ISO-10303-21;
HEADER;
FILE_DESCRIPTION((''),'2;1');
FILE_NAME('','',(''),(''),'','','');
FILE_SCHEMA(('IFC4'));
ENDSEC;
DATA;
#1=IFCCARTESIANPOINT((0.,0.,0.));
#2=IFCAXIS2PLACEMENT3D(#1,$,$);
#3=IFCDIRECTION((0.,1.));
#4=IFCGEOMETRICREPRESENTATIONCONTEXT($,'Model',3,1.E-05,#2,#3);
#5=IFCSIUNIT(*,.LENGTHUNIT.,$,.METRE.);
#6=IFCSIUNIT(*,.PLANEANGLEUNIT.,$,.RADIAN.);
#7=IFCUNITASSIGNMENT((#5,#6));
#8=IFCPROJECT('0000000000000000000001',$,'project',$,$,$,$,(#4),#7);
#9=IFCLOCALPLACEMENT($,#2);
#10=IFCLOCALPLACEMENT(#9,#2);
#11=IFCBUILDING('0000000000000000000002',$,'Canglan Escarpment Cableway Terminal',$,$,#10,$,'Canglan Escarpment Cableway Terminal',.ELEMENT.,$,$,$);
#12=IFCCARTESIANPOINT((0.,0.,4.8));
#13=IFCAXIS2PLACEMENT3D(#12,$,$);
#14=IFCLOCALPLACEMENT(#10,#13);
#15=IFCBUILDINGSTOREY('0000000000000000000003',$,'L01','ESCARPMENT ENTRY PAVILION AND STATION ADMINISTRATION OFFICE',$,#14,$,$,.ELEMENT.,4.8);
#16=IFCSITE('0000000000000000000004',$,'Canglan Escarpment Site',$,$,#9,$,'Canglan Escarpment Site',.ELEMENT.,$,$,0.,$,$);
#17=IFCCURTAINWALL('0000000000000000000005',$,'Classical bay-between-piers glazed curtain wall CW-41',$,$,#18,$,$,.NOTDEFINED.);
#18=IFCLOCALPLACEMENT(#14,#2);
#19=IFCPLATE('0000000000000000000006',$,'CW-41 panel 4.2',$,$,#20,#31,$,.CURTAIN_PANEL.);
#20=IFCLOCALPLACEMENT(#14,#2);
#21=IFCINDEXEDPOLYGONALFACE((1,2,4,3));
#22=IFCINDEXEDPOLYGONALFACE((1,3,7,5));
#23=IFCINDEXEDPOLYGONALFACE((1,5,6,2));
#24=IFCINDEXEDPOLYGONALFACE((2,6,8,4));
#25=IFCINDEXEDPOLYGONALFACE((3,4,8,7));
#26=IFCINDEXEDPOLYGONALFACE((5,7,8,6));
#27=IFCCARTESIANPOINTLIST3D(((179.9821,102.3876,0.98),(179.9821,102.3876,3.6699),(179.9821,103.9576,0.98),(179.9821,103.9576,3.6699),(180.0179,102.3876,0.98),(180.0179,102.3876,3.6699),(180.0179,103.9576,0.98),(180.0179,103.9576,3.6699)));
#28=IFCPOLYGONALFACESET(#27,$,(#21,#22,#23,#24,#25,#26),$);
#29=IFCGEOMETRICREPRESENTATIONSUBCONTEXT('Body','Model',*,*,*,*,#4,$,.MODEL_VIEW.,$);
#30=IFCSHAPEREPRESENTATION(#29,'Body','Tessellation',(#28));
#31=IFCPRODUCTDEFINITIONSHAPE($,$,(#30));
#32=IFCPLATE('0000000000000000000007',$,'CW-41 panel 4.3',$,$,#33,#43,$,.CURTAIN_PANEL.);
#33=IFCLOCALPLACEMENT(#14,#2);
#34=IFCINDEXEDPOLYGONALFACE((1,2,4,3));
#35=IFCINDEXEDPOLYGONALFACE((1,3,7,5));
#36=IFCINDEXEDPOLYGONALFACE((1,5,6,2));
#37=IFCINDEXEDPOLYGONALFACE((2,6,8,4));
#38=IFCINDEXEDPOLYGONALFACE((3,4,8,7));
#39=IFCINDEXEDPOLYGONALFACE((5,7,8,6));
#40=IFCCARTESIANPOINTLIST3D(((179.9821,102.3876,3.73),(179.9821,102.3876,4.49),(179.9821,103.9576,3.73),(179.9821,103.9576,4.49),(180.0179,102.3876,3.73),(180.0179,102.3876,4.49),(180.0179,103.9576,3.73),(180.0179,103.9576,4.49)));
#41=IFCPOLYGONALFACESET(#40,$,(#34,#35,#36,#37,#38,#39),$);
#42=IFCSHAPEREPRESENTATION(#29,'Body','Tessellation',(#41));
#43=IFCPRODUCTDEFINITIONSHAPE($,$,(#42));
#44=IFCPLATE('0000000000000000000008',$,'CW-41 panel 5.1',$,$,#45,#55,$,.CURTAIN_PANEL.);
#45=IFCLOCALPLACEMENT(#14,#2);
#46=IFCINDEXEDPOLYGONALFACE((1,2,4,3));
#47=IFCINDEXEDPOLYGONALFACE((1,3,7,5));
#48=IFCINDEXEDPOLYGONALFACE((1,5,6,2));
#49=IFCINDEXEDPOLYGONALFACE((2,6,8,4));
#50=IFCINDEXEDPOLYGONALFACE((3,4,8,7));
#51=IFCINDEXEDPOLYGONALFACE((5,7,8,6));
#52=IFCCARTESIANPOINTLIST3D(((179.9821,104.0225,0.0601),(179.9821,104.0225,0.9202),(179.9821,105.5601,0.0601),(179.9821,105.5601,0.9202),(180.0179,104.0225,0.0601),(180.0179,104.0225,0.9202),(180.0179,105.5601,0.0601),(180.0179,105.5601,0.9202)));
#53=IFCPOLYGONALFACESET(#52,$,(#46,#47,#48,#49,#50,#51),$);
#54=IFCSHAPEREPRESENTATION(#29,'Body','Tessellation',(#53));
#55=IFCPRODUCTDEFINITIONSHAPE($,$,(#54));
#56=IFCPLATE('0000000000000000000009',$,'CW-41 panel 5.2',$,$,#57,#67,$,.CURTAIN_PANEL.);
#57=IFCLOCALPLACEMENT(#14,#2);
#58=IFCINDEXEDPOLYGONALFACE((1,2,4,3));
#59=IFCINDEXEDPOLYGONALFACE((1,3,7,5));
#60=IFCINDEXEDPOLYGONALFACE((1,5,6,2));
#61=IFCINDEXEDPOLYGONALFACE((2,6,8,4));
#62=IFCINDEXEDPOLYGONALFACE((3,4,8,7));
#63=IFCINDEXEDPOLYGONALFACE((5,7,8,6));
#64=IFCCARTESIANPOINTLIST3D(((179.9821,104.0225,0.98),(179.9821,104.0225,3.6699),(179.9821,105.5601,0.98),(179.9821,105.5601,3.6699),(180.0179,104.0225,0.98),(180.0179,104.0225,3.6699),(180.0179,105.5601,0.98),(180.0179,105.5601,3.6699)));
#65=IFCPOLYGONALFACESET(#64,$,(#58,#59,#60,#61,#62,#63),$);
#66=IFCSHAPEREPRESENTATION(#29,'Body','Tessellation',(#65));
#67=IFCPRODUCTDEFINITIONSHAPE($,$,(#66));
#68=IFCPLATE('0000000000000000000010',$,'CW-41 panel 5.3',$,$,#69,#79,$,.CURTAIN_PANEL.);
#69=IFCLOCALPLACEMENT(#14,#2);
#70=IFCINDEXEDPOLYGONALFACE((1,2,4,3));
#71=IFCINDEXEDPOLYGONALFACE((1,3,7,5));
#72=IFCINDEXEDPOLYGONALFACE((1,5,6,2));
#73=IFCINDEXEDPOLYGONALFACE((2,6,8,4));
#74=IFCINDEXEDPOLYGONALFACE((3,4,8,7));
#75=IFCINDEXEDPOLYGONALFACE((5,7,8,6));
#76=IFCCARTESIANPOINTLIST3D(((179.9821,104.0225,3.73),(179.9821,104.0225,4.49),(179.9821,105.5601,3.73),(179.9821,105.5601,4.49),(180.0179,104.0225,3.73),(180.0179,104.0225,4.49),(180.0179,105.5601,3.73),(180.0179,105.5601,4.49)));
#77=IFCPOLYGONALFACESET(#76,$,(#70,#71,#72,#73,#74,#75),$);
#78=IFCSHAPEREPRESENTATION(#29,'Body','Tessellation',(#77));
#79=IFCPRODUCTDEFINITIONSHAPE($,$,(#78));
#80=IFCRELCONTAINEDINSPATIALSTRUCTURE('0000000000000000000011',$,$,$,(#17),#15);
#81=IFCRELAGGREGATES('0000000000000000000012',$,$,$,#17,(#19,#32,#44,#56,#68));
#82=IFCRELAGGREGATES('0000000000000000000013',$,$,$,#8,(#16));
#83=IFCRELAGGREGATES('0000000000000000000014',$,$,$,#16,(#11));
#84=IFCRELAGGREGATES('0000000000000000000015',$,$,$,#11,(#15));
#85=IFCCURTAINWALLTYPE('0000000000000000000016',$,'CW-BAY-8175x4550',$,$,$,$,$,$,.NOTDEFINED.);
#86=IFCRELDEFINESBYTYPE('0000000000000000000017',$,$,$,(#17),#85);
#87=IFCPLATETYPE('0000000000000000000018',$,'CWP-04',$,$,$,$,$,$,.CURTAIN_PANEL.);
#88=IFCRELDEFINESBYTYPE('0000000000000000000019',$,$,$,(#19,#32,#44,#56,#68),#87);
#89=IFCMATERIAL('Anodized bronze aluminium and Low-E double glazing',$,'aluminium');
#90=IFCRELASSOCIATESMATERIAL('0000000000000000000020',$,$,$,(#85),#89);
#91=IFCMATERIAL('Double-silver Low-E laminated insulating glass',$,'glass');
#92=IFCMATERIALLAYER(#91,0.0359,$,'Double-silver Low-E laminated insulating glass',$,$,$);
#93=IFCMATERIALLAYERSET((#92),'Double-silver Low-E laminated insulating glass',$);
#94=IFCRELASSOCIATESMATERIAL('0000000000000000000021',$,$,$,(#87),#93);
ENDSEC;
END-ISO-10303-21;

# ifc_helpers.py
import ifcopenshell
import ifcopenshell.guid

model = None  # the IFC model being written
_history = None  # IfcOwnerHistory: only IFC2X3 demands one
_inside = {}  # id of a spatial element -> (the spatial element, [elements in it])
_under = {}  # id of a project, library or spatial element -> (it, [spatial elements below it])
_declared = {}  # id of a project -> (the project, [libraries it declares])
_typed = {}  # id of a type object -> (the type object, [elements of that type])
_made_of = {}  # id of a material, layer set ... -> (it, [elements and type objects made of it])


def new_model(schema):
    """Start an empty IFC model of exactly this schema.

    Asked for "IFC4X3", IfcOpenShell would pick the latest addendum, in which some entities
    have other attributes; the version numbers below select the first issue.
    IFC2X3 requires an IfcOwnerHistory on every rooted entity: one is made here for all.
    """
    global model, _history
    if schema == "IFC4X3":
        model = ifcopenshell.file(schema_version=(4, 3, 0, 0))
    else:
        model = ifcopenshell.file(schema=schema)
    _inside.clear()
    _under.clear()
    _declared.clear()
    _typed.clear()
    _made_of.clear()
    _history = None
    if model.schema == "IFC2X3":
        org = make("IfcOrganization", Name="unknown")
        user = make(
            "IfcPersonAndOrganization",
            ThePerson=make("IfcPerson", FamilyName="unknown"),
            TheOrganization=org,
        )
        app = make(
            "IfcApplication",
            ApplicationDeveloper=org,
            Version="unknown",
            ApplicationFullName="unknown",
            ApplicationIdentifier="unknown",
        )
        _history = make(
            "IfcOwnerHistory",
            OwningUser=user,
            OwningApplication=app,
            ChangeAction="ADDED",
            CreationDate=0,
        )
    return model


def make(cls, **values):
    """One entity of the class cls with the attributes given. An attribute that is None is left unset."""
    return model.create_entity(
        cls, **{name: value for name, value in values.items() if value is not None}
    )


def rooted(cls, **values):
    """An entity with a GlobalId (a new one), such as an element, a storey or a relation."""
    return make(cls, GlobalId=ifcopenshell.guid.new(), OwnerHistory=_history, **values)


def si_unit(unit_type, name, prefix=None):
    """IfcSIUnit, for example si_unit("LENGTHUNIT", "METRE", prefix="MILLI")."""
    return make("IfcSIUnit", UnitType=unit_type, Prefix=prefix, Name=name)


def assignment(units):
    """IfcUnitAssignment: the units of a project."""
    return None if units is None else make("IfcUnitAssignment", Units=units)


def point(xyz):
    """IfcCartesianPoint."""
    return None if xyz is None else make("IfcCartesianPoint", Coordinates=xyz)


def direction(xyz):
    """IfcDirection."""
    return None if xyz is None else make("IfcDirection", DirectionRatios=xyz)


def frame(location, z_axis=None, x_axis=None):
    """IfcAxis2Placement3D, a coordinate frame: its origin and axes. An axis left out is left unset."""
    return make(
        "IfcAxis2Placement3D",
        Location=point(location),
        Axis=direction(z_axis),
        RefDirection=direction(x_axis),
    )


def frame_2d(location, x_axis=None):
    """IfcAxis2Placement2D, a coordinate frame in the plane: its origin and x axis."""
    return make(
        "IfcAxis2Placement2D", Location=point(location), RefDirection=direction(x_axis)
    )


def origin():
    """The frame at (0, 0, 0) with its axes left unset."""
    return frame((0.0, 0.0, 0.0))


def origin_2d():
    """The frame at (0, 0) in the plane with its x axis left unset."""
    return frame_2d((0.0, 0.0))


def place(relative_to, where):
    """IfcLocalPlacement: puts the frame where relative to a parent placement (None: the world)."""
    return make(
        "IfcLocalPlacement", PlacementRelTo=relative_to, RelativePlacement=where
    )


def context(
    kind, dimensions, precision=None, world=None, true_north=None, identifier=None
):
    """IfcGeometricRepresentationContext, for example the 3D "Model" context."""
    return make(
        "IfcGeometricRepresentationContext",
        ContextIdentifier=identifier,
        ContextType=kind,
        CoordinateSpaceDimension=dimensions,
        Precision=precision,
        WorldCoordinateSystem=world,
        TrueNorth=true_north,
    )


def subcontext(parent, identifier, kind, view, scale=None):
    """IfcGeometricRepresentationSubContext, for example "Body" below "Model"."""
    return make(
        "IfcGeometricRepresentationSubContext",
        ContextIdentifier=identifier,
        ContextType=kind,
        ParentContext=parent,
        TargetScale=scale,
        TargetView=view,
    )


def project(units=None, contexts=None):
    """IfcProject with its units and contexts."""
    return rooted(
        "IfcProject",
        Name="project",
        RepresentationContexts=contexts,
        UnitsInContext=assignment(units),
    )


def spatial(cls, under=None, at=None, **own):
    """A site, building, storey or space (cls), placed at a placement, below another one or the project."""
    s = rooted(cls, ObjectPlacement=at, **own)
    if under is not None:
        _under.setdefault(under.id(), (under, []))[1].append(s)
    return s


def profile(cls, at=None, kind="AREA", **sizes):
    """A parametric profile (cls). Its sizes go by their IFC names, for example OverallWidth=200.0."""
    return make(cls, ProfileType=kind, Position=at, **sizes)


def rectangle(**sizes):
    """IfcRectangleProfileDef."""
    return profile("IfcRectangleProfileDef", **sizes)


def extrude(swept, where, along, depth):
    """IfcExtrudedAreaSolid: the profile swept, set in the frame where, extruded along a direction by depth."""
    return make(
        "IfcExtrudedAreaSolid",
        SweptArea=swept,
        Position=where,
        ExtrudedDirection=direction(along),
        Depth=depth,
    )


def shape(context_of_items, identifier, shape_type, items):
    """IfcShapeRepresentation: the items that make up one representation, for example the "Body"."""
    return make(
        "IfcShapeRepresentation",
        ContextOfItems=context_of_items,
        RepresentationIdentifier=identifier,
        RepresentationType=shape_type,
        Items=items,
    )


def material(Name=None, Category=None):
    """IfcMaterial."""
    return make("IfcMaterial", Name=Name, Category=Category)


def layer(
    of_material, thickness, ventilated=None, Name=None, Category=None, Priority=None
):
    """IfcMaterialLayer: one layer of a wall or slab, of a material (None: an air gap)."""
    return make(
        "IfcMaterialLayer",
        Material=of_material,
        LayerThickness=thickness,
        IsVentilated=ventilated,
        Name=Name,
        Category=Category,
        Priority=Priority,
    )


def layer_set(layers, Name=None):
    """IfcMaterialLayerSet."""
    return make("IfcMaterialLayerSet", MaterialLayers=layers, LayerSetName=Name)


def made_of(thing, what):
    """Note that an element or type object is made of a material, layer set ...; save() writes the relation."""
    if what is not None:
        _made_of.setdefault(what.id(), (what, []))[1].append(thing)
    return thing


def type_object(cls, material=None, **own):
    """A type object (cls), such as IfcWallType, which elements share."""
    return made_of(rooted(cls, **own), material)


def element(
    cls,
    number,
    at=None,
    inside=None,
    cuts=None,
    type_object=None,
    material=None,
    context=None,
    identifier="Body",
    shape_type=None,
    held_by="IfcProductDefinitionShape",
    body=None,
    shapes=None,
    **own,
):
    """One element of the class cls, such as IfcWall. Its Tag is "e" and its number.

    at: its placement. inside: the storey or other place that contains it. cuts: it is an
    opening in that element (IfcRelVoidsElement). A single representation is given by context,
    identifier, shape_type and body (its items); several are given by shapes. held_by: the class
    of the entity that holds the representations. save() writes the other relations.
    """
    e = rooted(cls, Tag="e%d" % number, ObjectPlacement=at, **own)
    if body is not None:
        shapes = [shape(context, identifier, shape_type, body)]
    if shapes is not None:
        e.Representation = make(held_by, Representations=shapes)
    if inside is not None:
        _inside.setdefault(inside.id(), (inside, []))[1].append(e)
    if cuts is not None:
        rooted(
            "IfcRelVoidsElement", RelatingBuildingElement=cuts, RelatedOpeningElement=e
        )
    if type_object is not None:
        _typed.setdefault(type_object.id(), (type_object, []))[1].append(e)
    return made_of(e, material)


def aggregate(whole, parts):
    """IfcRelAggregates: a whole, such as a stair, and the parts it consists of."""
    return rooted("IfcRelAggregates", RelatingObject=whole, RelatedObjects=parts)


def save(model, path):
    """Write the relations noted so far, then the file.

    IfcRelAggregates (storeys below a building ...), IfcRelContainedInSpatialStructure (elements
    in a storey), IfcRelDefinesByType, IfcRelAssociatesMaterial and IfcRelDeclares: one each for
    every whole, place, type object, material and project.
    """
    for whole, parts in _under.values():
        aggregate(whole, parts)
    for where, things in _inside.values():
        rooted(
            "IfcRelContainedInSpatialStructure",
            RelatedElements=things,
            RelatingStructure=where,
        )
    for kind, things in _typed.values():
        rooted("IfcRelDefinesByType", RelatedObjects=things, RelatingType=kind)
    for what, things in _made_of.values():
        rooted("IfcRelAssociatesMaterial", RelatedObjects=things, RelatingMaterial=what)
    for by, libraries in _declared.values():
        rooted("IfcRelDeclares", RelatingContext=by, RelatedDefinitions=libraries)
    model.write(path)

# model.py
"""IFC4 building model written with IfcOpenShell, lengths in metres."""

from ifc_helpers import new_model, si_unit, direction, frame, origin, origin_2d, place, context, subcontext, project, spatial, rectangle, extrude, material, layer, layer_set, type_object, element, aggregate, save


model = new_model("IFC4")

# Units and contexts
model_context = context("Model", 3, precision=1e-05, world=origin(), true_north=direction((0.0, 1.0)))
body_context = subcontext(model_context, "Body", "Model", "MODEL_VIEW")
ifc_project = project(units=[si_unit("LENGTHUNIT", "METRE"), si_unit("PLANEANGLEUNIT", "RADIAN")], contexts=[model_context])

# Site, building, storey
site_placement = place(None, origin())
site = spatial("IfcSite", under=ifc_project, at=site_placement, Name="Canglan Escarpment Site", LongName="Canglan Escarpment Site", CompositionType="ELEMENT", RefElevation=0.0)
building_placement = place(site_placement, origin())
building = spatial("IfcBuilding", under=site, at=building_placement, Name="Canglan Escarpment Cableway Terminal", LongName="Canglan Escarpment Cableway Terminal", CompositionType="ELEMENT")
storey_placement = place(building_placement, frame((0.0, 0.0, 4.8)))
storey = spatial("IfcBuildingStorey", under=building, at=storey_placement, Name="L01", Description="ESCARPMENT ENTRY PAVILION AND STATION ADMINISTRATION OFFICE", CompositionType="ELEMENT", Elevation=4.8)

# Curtain wall, plates
ifc_material_1 = material(Name="Anodized bronze aluminium and Low-E double glazing", Category="aluminium")
curtain_wall_type = type_object("IfcCurtainWallType", Name="CW-BAY-8175x4550", PredefinedType="NOTDEFINED", material=ifc_material_1)
curtain_wall_placement = place(storey_placement, origin())
curtain_wall = element("IfcCurtainWall", 1, at=curtain_wall_placement, inside=storey, type_object=curtain_wall_type, Name="Classical bay-between-piers glazed curtain wall CW-41", PredefinedType="NOTDEFINED")
ifc_material_2 = material(Name="Double-silver Low-E laminated insulating glass", Category="glass")
ifc_layer = layer(ifc_material_2, 0.0359, Name="Double-silver Low-E laminated insulating glass")
ifc_layer_set = layer_set([ifc_layer], Name="Double-silver Low-E laminated insulating glass")
plate_type = type_object("IfcPlateType", Name="CWP-04", PredefinedType="CURTAIN_PANEL", material=ifc_layer_set)
plate_1_placement = place(storey_placement, frame((180.0, 103.1726, 0.98), z_axis=(0.0, 0.0, 1.0), x_axis=(0.0, 1.0, 0.0)))
plate_1 = element("IfcPlate", 2, at=plate_1_placement, type_object=plate_type, Name="CW-41 panel 4.2", PredefinedType="CURTAIN_PANEL", context=body_context, shape_type="SweptSolid", body=[
    extrude(rectangle(XDim=1.5701, YDim=0.0359, at=origin_2d()), origin(), (0.0, 0.0, 1.0), 2.6899),
])
plate_2_placement = place(storey_placement, frame((180.0, 103.1726, 3.73), z_axis=(0.0, 0.0, 1.0), x_axis=(0.0, 1.0, 0.0)))
plate_2 = element("IfcPlate", 3, at=plate_2_placement, type_object=plate_type, Name="CW-41 panel 4.3", PredefinedType="CURTAIN_PANEL", context=body_context, shape_type="SweptSolid", body=[
    extrude(rectangle(XDim=1.5701, YDim=0.0359, at=origin_2d()), origin(), (0.0, 0.0, 1.0), 0.76),
])
plate_3_placement = place(storey_placement, frame((180.0, 104.7913, 0.0601), z_axis=(0.0, 0.0, 1.0), x_axis=(0.0, 1.0, 0.0)))
plate_3 = element("IfcPlate", 4, at=plate_3_placement, type_object=plate_type, Name="CW-41 panel 5.1", PredefinedType="CURTAIN_PANEL", context=body_context, shape_type="SweptSolid", body=[
    extrude(rectangle(XDim=1.5376, YDim=0.0359, at=origin_2d()), origin(), (0.0, 0.0, 1.0), 0.8601),
])
plate_4_placement = place(storey_placement, frame((180.0, 104.7913, 0.98), z_axis=(0.0, 0.0, 1.0), x_axis=(0.0, 1.0, 0.0)))
plate_4 = element("IfcPlate", 5, at=plate_4_placement, type_object=plate_type, Name="CW-41 panel 5.2", PredefinedType="CURTAIN_PANEL", context=body_context, shape_type="SweptSolid", body=[
    extrude(rectangle(XDim=1.5376, YDim=0.0359, at=origin_2d()), origin(), (0.0, 0.0, 1.0), 2.6899),
])
plate_5_placement = place(storey_placement, frame((180.0, 104.7913, 3.73), z_axis=(0.0, 0.0, 1.0), x_axis=(0.0, 1.0, 0.0)))
plate_5 = element("IfcPlate", 6, at=plate_5_placement, type_object=plate_type, Name="CW-41 panel 5.3", PredefinedType="CURTAIN_PANEL", context=body_context, shape_type="SweptSolid", body=[
    extrude(rectangle(XDim=1.5376, YDim=0.0359, at=origin_2d()), origin(), (0.0, 0.0, 1.0), 0.76),
])
aggregate(curtain_wall, [plate_1, plate_2, plate_3, plate_4, plate_5])

save(model, "model.ifc")
